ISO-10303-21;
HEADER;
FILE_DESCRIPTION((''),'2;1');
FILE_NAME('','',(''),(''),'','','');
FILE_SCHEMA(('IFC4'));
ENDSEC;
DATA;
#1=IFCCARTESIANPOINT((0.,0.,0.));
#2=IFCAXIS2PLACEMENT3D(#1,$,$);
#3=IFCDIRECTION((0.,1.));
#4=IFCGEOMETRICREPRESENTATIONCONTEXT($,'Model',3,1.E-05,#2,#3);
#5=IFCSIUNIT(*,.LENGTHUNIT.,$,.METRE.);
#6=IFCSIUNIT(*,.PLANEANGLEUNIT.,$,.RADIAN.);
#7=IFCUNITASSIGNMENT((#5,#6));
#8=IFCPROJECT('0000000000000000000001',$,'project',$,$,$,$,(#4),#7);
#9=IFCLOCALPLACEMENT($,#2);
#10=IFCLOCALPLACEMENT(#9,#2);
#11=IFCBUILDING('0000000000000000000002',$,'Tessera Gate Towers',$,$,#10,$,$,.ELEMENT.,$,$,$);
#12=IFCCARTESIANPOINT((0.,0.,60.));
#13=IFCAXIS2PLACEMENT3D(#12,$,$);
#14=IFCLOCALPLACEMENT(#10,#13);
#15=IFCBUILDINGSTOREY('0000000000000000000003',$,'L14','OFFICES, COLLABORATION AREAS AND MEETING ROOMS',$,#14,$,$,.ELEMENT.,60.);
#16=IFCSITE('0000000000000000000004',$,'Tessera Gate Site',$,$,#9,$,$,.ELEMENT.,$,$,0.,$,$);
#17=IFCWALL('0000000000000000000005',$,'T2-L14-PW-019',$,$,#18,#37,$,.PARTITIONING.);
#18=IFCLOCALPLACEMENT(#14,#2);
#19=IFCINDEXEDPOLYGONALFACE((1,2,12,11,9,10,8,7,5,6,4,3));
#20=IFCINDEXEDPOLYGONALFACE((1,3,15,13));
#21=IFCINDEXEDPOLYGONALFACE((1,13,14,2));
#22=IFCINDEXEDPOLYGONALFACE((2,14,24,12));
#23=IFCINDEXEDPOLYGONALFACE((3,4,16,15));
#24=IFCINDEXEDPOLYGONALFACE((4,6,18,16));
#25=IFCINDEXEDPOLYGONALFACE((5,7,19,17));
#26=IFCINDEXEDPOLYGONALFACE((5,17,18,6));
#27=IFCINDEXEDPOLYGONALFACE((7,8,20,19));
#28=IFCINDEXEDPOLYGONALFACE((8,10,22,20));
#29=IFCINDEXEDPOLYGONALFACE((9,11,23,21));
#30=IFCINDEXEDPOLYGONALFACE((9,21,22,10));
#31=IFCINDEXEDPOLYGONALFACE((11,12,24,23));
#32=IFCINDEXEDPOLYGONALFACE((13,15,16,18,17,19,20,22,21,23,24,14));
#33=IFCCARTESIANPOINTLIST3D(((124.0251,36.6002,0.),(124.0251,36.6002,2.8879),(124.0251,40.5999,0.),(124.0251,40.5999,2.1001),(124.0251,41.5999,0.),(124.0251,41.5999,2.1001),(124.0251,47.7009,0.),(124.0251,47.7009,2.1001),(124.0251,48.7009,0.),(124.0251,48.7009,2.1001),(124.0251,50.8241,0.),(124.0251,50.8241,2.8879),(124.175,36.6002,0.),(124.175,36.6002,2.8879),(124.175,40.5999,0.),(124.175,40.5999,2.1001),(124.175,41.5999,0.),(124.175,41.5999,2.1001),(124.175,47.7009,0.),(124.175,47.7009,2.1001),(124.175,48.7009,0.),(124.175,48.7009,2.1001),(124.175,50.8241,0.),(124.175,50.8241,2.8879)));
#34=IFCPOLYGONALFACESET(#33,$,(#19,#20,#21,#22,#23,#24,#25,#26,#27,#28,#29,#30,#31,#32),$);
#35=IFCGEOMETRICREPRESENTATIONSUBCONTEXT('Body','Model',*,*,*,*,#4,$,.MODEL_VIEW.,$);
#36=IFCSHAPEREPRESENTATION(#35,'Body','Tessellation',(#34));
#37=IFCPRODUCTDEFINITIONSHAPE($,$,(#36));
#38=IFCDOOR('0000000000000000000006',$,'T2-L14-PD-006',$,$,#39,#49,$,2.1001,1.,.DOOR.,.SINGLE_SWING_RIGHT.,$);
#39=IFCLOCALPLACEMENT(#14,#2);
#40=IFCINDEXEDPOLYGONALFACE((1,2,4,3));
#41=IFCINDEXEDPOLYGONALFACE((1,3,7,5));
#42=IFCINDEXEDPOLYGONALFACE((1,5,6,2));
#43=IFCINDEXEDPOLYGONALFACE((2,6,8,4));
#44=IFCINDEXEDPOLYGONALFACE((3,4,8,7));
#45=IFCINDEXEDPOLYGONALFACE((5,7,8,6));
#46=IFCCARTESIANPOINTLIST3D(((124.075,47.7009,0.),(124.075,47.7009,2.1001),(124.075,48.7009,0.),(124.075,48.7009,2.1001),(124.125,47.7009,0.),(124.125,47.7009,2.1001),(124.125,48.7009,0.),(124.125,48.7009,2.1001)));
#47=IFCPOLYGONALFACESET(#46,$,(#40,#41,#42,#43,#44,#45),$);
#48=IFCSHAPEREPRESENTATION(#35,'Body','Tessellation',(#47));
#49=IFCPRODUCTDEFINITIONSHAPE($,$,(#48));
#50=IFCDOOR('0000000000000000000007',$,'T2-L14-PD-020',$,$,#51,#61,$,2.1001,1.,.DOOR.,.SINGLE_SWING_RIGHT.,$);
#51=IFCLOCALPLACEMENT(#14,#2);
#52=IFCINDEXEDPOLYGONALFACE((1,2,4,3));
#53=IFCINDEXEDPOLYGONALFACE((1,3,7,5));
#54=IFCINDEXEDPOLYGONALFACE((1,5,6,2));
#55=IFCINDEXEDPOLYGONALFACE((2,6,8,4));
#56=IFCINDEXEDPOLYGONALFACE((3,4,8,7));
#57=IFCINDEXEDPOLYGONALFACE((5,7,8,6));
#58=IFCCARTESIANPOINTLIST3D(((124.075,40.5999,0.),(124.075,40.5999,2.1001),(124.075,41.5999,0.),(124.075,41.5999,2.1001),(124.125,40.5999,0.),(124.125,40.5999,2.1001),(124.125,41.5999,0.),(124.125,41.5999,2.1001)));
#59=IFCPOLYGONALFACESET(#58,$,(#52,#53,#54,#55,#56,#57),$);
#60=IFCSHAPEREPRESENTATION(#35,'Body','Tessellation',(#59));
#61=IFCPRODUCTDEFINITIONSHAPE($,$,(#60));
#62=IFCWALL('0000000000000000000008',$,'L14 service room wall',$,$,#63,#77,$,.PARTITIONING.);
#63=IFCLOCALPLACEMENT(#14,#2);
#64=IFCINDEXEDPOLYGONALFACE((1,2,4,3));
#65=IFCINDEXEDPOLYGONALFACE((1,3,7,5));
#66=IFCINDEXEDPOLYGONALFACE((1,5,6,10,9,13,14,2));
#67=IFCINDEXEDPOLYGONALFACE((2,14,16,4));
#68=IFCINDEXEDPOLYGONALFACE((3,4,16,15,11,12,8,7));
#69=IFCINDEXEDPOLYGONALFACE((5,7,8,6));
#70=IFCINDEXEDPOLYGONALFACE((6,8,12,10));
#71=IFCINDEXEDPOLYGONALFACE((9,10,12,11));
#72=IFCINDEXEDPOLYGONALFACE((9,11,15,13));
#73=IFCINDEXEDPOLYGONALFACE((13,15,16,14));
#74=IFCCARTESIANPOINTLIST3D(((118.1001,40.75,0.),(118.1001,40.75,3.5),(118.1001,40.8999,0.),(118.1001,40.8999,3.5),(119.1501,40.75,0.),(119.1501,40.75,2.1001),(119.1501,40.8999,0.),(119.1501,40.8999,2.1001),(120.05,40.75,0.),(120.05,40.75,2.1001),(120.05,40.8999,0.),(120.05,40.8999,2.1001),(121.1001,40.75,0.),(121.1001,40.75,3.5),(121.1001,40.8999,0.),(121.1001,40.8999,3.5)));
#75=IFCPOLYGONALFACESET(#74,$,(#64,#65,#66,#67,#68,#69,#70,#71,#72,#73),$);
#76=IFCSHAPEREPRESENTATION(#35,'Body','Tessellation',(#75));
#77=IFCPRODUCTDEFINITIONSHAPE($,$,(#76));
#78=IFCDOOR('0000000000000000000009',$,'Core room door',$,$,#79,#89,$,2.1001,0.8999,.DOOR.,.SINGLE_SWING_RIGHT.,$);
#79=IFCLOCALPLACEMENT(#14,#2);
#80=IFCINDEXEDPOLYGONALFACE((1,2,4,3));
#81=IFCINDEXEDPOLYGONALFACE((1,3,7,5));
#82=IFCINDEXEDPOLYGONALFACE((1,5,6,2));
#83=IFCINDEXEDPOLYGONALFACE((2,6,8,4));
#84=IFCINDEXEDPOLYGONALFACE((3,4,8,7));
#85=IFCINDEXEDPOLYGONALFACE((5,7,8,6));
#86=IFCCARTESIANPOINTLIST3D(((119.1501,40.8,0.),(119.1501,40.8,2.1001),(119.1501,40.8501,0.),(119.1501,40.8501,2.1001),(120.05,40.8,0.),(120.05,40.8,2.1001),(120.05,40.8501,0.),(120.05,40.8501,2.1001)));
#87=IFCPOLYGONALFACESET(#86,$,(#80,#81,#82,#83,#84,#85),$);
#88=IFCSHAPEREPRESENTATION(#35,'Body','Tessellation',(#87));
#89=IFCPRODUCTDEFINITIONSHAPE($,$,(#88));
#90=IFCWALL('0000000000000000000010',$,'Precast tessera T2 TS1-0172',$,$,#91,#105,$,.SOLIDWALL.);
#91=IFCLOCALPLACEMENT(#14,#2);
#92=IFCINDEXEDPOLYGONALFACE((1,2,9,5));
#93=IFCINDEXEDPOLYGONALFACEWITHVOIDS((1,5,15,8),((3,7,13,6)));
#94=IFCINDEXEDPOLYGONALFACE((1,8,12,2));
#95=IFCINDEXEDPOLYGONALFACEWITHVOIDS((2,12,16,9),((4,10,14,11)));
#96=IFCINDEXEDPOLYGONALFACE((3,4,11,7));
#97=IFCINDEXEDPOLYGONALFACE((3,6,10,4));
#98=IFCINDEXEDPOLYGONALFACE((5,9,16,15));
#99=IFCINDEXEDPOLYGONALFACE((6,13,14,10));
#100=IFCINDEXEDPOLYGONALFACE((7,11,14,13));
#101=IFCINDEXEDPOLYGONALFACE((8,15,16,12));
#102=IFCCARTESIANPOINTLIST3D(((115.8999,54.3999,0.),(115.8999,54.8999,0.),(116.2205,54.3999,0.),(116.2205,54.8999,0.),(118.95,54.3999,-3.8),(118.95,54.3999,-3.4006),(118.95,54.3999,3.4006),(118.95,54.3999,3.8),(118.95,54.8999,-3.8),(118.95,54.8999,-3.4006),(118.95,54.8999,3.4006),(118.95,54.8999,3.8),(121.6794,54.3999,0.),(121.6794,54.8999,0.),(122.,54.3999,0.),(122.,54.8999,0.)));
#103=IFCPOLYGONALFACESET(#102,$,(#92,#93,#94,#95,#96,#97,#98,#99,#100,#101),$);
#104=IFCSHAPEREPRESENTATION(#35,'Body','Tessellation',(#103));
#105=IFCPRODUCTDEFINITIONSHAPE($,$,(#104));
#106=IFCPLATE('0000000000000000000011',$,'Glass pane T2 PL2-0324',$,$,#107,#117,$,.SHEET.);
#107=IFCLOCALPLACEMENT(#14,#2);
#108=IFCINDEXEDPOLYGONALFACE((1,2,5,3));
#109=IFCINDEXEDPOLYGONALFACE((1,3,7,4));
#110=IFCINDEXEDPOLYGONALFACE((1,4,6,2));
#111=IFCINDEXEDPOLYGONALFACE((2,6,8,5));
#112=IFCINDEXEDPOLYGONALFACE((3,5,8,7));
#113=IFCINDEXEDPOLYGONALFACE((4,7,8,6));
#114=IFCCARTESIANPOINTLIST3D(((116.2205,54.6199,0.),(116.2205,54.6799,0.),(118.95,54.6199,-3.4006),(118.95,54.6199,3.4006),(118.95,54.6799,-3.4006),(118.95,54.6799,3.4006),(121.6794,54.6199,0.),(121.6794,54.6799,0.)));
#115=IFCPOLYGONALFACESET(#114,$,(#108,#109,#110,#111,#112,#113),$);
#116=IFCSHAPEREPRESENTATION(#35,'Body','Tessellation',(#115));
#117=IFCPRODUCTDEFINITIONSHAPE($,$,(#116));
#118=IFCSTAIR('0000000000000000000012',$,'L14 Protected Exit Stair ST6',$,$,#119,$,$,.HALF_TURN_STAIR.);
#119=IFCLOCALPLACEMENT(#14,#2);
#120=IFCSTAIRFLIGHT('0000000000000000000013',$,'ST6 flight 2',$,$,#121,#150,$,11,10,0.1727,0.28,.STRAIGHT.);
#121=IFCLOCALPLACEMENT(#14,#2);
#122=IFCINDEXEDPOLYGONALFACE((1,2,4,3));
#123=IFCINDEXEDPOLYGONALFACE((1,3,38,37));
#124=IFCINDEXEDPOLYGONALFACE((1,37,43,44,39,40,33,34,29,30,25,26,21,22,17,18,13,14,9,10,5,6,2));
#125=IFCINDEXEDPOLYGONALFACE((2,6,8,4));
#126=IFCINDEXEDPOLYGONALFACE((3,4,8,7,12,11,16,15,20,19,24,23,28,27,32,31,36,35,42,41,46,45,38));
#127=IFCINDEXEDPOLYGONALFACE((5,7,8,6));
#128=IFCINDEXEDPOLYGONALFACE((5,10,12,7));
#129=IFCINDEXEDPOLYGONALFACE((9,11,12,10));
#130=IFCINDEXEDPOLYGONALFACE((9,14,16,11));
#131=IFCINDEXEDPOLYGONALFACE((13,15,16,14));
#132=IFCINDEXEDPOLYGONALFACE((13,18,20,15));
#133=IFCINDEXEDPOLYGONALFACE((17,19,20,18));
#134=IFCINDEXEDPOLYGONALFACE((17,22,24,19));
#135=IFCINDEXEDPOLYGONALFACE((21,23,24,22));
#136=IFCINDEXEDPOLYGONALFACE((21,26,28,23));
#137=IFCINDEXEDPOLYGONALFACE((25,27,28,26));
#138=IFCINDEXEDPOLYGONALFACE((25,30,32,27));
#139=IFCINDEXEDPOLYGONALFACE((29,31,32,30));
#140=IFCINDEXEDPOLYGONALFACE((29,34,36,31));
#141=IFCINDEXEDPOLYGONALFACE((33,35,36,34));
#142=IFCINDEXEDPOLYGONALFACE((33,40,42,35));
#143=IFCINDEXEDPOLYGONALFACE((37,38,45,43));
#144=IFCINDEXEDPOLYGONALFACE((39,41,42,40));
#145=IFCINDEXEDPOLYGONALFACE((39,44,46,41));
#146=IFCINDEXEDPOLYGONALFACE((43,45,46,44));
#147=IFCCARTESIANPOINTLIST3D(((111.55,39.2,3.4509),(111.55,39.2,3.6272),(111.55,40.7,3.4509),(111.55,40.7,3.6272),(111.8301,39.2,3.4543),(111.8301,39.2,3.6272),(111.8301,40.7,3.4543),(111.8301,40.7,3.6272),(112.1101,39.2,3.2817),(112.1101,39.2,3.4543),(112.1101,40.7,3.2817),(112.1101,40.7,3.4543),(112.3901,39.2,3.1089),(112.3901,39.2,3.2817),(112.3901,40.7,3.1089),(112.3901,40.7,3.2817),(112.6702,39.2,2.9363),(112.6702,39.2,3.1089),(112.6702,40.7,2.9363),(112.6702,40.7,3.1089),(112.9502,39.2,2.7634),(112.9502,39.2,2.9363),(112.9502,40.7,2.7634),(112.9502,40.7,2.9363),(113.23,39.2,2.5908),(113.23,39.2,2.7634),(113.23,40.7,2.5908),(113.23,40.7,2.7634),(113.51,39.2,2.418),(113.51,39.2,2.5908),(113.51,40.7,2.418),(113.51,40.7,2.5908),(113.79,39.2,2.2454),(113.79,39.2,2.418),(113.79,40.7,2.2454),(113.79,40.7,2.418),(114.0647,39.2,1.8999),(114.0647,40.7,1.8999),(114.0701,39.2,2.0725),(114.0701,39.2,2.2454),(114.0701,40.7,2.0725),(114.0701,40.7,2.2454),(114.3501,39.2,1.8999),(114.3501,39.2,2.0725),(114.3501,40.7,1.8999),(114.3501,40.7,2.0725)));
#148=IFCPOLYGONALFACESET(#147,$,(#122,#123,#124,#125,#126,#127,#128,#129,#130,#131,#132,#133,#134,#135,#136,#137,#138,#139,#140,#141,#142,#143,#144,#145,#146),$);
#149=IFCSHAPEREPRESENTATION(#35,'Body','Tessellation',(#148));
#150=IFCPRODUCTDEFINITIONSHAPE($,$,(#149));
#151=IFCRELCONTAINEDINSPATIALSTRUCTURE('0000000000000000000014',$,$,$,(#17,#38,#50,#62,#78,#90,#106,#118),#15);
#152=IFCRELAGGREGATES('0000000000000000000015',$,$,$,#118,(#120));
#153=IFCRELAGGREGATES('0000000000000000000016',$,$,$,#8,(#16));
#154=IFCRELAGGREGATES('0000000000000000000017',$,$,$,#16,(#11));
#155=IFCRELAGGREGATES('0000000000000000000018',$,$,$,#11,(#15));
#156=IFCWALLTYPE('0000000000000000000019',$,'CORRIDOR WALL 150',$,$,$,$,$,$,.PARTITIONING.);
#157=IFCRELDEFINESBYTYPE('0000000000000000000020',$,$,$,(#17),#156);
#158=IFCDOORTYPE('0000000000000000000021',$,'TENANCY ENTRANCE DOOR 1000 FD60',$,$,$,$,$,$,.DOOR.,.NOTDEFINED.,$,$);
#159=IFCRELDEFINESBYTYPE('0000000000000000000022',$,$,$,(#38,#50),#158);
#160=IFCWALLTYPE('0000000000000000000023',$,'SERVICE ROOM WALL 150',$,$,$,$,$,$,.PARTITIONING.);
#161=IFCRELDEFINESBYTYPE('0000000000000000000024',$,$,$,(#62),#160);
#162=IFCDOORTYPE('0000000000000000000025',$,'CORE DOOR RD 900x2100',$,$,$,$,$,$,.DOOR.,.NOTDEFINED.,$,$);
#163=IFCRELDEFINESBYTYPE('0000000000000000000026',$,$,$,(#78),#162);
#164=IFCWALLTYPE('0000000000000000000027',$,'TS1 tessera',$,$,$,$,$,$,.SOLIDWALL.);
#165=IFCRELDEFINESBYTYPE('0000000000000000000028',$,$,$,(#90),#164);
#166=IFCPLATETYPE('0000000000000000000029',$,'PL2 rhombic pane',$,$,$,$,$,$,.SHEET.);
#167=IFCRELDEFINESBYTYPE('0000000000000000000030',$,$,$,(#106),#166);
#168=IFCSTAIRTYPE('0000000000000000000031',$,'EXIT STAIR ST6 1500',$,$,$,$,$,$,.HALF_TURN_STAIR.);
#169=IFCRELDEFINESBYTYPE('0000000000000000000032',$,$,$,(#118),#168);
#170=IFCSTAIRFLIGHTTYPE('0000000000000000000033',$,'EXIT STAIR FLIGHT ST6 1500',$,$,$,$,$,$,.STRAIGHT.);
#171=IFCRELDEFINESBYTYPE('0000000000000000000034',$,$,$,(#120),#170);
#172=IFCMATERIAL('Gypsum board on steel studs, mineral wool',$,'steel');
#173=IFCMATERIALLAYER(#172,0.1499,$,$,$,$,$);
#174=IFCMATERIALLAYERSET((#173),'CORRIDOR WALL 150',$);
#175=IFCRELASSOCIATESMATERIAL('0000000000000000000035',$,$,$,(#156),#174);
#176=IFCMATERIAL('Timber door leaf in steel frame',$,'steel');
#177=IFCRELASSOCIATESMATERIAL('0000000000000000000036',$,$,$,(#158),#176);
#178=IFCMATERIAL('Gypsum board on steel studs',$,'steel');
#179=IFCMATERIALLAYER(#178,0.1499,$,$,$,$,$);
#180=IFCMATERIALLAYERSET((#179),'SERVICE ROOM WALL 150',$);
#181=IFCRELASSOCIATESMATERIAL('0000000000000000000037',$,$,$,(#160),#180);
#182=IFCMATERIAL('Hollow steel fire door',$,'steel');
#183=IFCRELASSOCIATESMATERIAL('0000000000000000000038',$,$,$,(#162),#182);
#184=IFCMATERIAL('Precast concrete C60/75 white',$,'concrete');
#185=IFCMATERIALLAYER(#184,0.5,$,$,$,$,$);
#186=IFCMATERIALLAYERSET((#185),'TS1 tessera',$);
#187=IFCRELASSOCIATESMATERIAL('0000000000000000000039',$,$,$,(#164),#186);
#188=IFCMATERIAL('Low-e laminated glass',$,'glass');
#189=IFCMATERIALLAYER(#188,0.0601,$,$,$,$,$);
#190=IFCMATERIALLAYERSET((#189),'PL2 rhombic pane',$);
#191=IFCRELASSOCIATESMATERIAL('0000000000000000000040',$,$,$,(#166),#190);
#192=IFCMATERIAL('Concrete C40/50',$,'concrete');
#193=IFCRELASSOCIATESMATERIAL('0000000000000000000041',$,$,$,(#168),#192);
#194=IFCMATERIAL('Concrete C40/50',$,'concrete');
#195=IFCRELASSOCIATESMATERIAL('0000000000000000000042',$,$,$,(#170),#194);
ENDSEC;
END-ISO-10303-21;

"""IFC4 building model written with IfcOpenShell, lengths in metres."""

from ifc_helpers import new_model, si_unit, direction, frame, frame_2d, origin, place, context, subcontext, project, spatial, polyline, rectangle, outline, extrude, source, transform, mapped, material, layer, layer_set, type_object, element, fill, aggregate, save


model = new_model("IFC4")

# Units and contexts
model_context = context("Model", 3, precision=1e-05, world=origin(), true_north=direction((0.0, 1.0)))
body_context = subcontext(model_context, "Body", "Model", "MODEL_VIEW")
ifc_project = project(units=[si_unit("LENGTHUNIT", "METRE"), si_unit("PLANEANGLEUNIT", "RADIAN")], contexts=[model_context])

# Site, building, storey
site_placement = place(None, origin())
site = spatial("IfcSite", under=ifc_project, at=site_placement, Name="Tessera Gate Site", CompositionType="ELEMENT", RefElevation=0.0)
building_placement = place(site_placement, origin())
building = spatial("IfcBuilding", under=site, at=building_placement, Name="Tessera Gate Towers", CompositionType="ELEMENT")
storey_placement = place(building_placement, frame((0.0, 0.0, 60.0)))
storey = spatial("IfcBuildingStorey", under=building, at=storey_placement, Name="L14", Description="OFFICES, COLLABORATION AREAS AND MEETING ROOMS", CompositionType="ELEMENT", Elevation=60.0)

# Wall, openings, doors
ifc_material_1 = material(Name="Gypsum board on steel studs, mineral wool", Category="steel")
ifc_layer_1 = layer(ifc_material_1, 0.1499)
ifc_layer_set_1 = layer_set([ifc_layer_1], Name="CORRIDOR WALL 150")
wall_type_1 = type_object("IfcWallType", Name="CORRIDOR WALL 150", PredefinedType="PARTITIONING", material=ifc_layer_set_1)
wall_1_placement = place(storey_placement, frame((124.1001, 50.824, 0.0), z_axis=(0.0, 0.0, 1.0), x_axis=(0.0, -1.0, 0.0)))
wall_1 = element("IfcWall", 1, at=wall_1_placement, inside=storey, type_object=wall_type_1, Name="T2-L14-PW-019", PredefinedType="PARTITIONING", context=body_context, shape_type="SweptSolid", body=[
    extrude(rectangle(XDim=14.2239, YDim=0.1499, at=frame_2d((7.1118, 0.0))), origin(), (0.0, 0.0, 1.0), 2.8879),
])
shared_shape_1 = source(origin(), body_context, "Body", "SweptSolid", [
    extrude(rectangle(XDim=1.0, YDim=2.1001, at=frame_2d((0.5, 1.05))), frame((0.0, 0.085, 0.0), z_axis=(0.0, -1.0, 0.0), x_axis=(1.0, 0.0, 0.0)), (0.0, 0.0, 1.0), 0.1699),
])
opening_1_placement = place(wall_1_placement, frame((2.123, 0.0, 0.0)))
opening_1 = element("IfcOpeningElement", 2, at=opening_1_placement, cuts=wall_1, PredefinedType="OPENING", context=body_context, shape_type="MappedRepresentation", body=[
    mapped(shared_shape_1, transform((0.0, 0.0, 0.0), scale=1.0)),
])
opening_2_placement = place(wall_1_placement, frame((9.2241, 0.0, 0.0)))
opening_2 = element("IfcOpeningElement", 3, at=opening_2_placement, cuts=wall_1, PredefinedType="OPENING", context=body_context, shape_type="MappedRepresentation", body=[
    mapped(shared_shape_1, transform((0.0, 0.0, 0.0), scale=1.0)),
])
ifc_material_2 = material(Name="Timber door leaf in steel frame", Category="steel")
door_type_1 = type_object("IfcDoorType", Name="TENANCY ENTRANCE DOOR 1000 FD60", OperationType="NOTDEFINED", PredefinedType="DOOR", material=ifc_material_2)
shared_shape_2 = source(origin(), body_context, "Body", "SweptSolid", [
    extrude(rectangle(XDim=1.0, YDim=2.1001, at=frame_2d((0.5, 1.05))), frame((0.0, 0.0249, 0.0), z_axis=(0.0, -1.0, 0.0), x_axis=(1.0, 0.0, 0.0)), (0.0, 0.0, 1.0), 0.05),
])
door_1_placement = place(opening_1_placement, origin())
door_1 = element("IfcDoor", 4, at=door_1_placement, inside=storey, type_object=door_type_1, Name="T2-L14-PD-006", OperationType="SINGLE_SWING_RIGHT", OverallHeight=2.1001, OverallWidth=1.0, PredefinedType="DOOR", context=body_context, shape_type="MappedRepresentation", body=[
    mapped(shared_shape_2, transform((0.0, 0.0, 0.0), scale=1.0)),
])
fill(opening_1, door_1)
door_2_placement = place(opening_2_placement, origin())
door_2 = element("IfcDoor", 5, at=door_2_placement, inside=storey, type_object=door_type_1, Name="T2-L14-PD-020", OperationType="SINGLE_SWING_RIGHT", OverallHeight=2.1001, OverallWidth=1.0, PredefinedType="DOOR", context=body_context, shape_type="MappedRepresentation", body=[
    mapped(shared_shape_2, transform((0.0, 0.0, 0.0), scale=1.0)),
])
fill(opening_2, door_2)

# Wall, opening, door
ifc_material_3 = material(Name="Gypsum board on steel studs", Category="steel")
ifc_layer_2 = layer(ifc_material_3, 0.1499)
ifc_layer_set_2 = layer_set([ifc_layer_2], Name="SERVICE ROOM WALL 150")
wall_type_2 = type_object("IfcWallType", Name="SERVICE ROOM WALL 150", PredefinedType="PARTITIONING", material=ifc_layer_set_2)
wall_2_placement = place(storey_placement, frame((121.1001, 40.825, 0.0), z_axis=(0.0, 0.0, 1.0), x_axis=(-1.0, 0.0, 0.0)))
wall_2 = element("IfcWall", 6, at=wall_2_placement, inside=storey, type_object=wall_type_2, Name="L14 service room wall", PredefinedType="PARTITIONING", context=body_context, shape_type="SweptSolid", body=[
    extrude(rectangle(XDim=3.0, YDim=0.1499, at=frame_2d((1.5, 0.0))), origin(), (0.0, 0.0, 1.0), 3.5),
])
shared_shape_3 = source(origin(), body_context, "Body", "SweptSolid", [
    extrude(rectangle(XDim=0.8999, YDim=2.1001, at=frame_2d((0.45, 1.05))), frame((0.0, 0.085, 0.0), z_axis=(0.0, -1.0, 0.0), x_axis=(1.0, 0.0, 0.0)), (0.0, 0.0, 1.0), 0.1699),
])
opening_3_placement = place(wall_2_placement, frame((1.05, 0.0, 0.0)))
opening_3 = element("IfcOpeningElement", 7, at=opening_3_placement, cuts=wall_2, PredefinedType="OPENING", context=body_context, shape_type="MappedRepresentation", body=[
    mapped(shared_shape_3, transform((0.0, 0.0, 0.0), scale=1.0)),
])
ifc_material_4 = material(Name="Hollow steel fire door", Category="steel")
door_type_2 = type_object("IfcDoorType", Name="CORE DOOR RD 900x2100", OperationType="NOTDEFINED", PredefinedType="DOOR", material=ifc_material_4)
shared_shape_4 = source(origin(), body_context, "Body", "SweptSolid", [
    extrude(rectangle(XDim=0.8999, YDim=2.1001, at=frame_2d((0.45, 1.05))), frame((0.0, 0.0249, 0.0), z_axis=(0.0, -1.0, 0.0), x_axis=(1.0, 0.0, 0.0)), (0.0, 0.0, 1.0), 0.05),
])
door_3_placement = place(opening_3_placement, origin())
door_3 = element("IfcDoor", 8, at=door_3_placement, inside=storey, type_object=door_type_2, Name="Core room door", OperationType="SINGLE_SWING_RIGHT", OverallHeight=2.1001, OverallWidth=0.8999, PredefinedType="DOOR", context=body_context, shape_type="MappedRepresentation", body=[
    mapped(shared_shape_4, transform((0.0, 0.0, 0.0), scale=1.0)),
])
fill(opening_3, door_3)

# Wall, opening, plate
ifc_material_5 = material(Name="Precast concrete C60/75 white", Category="concrete")
ifc_layer_3 = layer(ifc_material_5, 0.5)
ifc_layer_set_3 = layer_set([ifc_layer_3], Name="TS1 tessera")
wall_type_3 = type_object("IfcWallType", Name="TS1 tessera", PredefinedType="SOLIDWALL", material=ifc_layer_set_3)
shared_shape_5 = source(origin(), body_context, "Body", "SweptSolid", [
    extrude(outline(polyline([(3.05, 0.0), (6.1001, 3.8), (3.05, 7.6001), (0.0, 3.8), (3.05, 0.0)])), frame((0.0, 0.25, 0.0), z_axis=(0.0, -1.0, 0.0), x_axis=(1.0, 0.0, 0.0)), (0.0, 0.0, 1.0), 0.5),
])
wall_3_placement = place(storey_placement, frame((122.0, 54.6499, -3.8), z_axis=(0.0, 0.0, 1.0), x_axis=(-1.0, 0.0, 0.0)))
wall_3 = element("IfcWall", 9, at=wall_3_placement, inside=storey, type_object=wall_type_3, Name="Precast tessera T2 TS1-0172", PredefinedType="SOLIDWALL", context=body_context, shape_type="MappedRepresentation", body=[
    mapped(shared_shape_5, transform((0.0, 0.0, 0.0), scale=1.0)),
])
shared_shape_6 = source(origin(), body_context, "Body", "SweptSolid", [
    extrude(outline(polyline([(3.05, 0.3994), (5.7795, 3.8), (3.05, 7.2007), (0.3206, 3.8), (3.05, 0.3994)])), frame((0.0, 0.26, 0.0), z_axis=(0.0, -1.0, 0.0), x_axis=(1.0, 0.0, 0.0)), (0.0, 0.0, 1.0), 0.52),
])
opening_4_placement = place(wall_3_placement, origin())
opening_4 = element("IfcOpeningElement", 10, at=opening_4_placement, cuts=wall_3, PredefinedType="OPENING", context=body_context, shape_type="MappedRepresentation", body=[
    mapped(shared_shape_6, transform((0.0, 0.0, 0.0), scale=1.0)),
])
ifc_material_6 = material(Name="Low-e laminated glass", Category="glass")
ifc_layer_4 = layer(ifc_material_6, 0.0601)
ifc_layer_set_4 = layer_set([ifc_layer_4], Name="PL2 rhombic pane")
plate_type = type_object("IfcPlateType", Name="PL2 rhombic pane", PredefinedType="SHEET", material=ifc_layer_set_4)
shared_shape_7 = source(origin(), body_context, "Body", "SweptSolid", [
    extrude(outline(polyline([(3.05, 0.3994), (5.7795, 3.8), (3.05, 7.2007), (0.3206, 3.8), (3.05, 0.3994)])), frame((0.0, 0.03, 0.0), z_axis=(0.0, -1.0, 0.0), x_axis=(1.0, 0.0, 0.0)), (0.0, 0.0, 1.0), 0.0601),
])
plate_placement = place(opening_4_placement, origin())
plate = element("IfcPlate", 11, at=plate_placement, inside=storey, type_object=plate_type, Name="Glass pane T2 PL2-0324", PredefinedType="SHEET", context=body_context, shape_type="MappedRepresentation", body=[
    mapped(shared_shape_7, transform((0.0, 0.0, 0.0), scale=1.0)),
])
fill(opening_4, plate)

# Stair, stair flight
ifc_material_7 = material(Name="Concrete C40/50", Category="concrete")
stair_type = type_object("IfcStairType", Name="EXIT STAIR ST6 1500", PredefinedType="HALF_TURN_STAIR", material=ifc_material_7)
stair_placement = place(storey_placement, origin())
stair = element("IfcStair", 12, at=stair_placement, inside=storey, type_object=stair_type, Name="L14 Protected Exit Stair ST6", PredefinedType="HALF_TURN_STAIR")
ifc_material_8 = material(Name="Concrete C40/50", Category="concrete")
stair_flight_type = type_object("IfcStairFlightType", Name="EXIT STAIR FLIGHT ST6 1500", PredefinedType="STRAIGHT", material=ifc_material_8)
stair_flight_placement = place(storey_placement, frame((114.3501, 39.95, 1.8999), z_axis=(0.0, 0.0, 1.0), x_axis=(-1.0, 0.0, 0.0)))
stair_flight = element("IfcStairFlight", 13, at=stair_flight_placement, type_object=stair_flight_type, Name="ST6 flight 2", NumberOfRisers=11, NumberOfTreads=10, PredefinedType="STRAIGHT", RiserHeight=0.1727, TreadLength=0.28, context=body_context, shape_type="SweptSolid", body=[
    extrude(outline(polyline([(0.0, 0.0), (0.0, 0.1726), (0.28, 0.1726), (0.28, 0.3455), (0.5601, 0.3455), (0.5601, 0.5181), (0.8401, 0.5181), (0.8401, 0.6909), (1.1201, 0.6909), (1.1201, 0.8635), (1.3999, 0.8635), (1.3999, 1.0364), (1.6799, 1.0364), (1.6799, 1.209), (1.96, 1.209), (1.96, 1.3818), (2.24, 1.3818), (2.24, 1.5544), (2.52, 1.5544), (2.52, 1.7273), (2.8, 1.7273), (2.8, 1.8999), (2.8, 1.551), (0.2854, 0.0), (0.0, 0.0)])), frame((0.0, 0.75, 0.0), z_axis=(0.0, -1.0, 0.0), x_axis=(1.0, 0.0, 0.0)), (0.0, 0.0, 1.0), 1.5),
])
aggregate(stair, [stair_flight])

save(model, "model.ifc")
